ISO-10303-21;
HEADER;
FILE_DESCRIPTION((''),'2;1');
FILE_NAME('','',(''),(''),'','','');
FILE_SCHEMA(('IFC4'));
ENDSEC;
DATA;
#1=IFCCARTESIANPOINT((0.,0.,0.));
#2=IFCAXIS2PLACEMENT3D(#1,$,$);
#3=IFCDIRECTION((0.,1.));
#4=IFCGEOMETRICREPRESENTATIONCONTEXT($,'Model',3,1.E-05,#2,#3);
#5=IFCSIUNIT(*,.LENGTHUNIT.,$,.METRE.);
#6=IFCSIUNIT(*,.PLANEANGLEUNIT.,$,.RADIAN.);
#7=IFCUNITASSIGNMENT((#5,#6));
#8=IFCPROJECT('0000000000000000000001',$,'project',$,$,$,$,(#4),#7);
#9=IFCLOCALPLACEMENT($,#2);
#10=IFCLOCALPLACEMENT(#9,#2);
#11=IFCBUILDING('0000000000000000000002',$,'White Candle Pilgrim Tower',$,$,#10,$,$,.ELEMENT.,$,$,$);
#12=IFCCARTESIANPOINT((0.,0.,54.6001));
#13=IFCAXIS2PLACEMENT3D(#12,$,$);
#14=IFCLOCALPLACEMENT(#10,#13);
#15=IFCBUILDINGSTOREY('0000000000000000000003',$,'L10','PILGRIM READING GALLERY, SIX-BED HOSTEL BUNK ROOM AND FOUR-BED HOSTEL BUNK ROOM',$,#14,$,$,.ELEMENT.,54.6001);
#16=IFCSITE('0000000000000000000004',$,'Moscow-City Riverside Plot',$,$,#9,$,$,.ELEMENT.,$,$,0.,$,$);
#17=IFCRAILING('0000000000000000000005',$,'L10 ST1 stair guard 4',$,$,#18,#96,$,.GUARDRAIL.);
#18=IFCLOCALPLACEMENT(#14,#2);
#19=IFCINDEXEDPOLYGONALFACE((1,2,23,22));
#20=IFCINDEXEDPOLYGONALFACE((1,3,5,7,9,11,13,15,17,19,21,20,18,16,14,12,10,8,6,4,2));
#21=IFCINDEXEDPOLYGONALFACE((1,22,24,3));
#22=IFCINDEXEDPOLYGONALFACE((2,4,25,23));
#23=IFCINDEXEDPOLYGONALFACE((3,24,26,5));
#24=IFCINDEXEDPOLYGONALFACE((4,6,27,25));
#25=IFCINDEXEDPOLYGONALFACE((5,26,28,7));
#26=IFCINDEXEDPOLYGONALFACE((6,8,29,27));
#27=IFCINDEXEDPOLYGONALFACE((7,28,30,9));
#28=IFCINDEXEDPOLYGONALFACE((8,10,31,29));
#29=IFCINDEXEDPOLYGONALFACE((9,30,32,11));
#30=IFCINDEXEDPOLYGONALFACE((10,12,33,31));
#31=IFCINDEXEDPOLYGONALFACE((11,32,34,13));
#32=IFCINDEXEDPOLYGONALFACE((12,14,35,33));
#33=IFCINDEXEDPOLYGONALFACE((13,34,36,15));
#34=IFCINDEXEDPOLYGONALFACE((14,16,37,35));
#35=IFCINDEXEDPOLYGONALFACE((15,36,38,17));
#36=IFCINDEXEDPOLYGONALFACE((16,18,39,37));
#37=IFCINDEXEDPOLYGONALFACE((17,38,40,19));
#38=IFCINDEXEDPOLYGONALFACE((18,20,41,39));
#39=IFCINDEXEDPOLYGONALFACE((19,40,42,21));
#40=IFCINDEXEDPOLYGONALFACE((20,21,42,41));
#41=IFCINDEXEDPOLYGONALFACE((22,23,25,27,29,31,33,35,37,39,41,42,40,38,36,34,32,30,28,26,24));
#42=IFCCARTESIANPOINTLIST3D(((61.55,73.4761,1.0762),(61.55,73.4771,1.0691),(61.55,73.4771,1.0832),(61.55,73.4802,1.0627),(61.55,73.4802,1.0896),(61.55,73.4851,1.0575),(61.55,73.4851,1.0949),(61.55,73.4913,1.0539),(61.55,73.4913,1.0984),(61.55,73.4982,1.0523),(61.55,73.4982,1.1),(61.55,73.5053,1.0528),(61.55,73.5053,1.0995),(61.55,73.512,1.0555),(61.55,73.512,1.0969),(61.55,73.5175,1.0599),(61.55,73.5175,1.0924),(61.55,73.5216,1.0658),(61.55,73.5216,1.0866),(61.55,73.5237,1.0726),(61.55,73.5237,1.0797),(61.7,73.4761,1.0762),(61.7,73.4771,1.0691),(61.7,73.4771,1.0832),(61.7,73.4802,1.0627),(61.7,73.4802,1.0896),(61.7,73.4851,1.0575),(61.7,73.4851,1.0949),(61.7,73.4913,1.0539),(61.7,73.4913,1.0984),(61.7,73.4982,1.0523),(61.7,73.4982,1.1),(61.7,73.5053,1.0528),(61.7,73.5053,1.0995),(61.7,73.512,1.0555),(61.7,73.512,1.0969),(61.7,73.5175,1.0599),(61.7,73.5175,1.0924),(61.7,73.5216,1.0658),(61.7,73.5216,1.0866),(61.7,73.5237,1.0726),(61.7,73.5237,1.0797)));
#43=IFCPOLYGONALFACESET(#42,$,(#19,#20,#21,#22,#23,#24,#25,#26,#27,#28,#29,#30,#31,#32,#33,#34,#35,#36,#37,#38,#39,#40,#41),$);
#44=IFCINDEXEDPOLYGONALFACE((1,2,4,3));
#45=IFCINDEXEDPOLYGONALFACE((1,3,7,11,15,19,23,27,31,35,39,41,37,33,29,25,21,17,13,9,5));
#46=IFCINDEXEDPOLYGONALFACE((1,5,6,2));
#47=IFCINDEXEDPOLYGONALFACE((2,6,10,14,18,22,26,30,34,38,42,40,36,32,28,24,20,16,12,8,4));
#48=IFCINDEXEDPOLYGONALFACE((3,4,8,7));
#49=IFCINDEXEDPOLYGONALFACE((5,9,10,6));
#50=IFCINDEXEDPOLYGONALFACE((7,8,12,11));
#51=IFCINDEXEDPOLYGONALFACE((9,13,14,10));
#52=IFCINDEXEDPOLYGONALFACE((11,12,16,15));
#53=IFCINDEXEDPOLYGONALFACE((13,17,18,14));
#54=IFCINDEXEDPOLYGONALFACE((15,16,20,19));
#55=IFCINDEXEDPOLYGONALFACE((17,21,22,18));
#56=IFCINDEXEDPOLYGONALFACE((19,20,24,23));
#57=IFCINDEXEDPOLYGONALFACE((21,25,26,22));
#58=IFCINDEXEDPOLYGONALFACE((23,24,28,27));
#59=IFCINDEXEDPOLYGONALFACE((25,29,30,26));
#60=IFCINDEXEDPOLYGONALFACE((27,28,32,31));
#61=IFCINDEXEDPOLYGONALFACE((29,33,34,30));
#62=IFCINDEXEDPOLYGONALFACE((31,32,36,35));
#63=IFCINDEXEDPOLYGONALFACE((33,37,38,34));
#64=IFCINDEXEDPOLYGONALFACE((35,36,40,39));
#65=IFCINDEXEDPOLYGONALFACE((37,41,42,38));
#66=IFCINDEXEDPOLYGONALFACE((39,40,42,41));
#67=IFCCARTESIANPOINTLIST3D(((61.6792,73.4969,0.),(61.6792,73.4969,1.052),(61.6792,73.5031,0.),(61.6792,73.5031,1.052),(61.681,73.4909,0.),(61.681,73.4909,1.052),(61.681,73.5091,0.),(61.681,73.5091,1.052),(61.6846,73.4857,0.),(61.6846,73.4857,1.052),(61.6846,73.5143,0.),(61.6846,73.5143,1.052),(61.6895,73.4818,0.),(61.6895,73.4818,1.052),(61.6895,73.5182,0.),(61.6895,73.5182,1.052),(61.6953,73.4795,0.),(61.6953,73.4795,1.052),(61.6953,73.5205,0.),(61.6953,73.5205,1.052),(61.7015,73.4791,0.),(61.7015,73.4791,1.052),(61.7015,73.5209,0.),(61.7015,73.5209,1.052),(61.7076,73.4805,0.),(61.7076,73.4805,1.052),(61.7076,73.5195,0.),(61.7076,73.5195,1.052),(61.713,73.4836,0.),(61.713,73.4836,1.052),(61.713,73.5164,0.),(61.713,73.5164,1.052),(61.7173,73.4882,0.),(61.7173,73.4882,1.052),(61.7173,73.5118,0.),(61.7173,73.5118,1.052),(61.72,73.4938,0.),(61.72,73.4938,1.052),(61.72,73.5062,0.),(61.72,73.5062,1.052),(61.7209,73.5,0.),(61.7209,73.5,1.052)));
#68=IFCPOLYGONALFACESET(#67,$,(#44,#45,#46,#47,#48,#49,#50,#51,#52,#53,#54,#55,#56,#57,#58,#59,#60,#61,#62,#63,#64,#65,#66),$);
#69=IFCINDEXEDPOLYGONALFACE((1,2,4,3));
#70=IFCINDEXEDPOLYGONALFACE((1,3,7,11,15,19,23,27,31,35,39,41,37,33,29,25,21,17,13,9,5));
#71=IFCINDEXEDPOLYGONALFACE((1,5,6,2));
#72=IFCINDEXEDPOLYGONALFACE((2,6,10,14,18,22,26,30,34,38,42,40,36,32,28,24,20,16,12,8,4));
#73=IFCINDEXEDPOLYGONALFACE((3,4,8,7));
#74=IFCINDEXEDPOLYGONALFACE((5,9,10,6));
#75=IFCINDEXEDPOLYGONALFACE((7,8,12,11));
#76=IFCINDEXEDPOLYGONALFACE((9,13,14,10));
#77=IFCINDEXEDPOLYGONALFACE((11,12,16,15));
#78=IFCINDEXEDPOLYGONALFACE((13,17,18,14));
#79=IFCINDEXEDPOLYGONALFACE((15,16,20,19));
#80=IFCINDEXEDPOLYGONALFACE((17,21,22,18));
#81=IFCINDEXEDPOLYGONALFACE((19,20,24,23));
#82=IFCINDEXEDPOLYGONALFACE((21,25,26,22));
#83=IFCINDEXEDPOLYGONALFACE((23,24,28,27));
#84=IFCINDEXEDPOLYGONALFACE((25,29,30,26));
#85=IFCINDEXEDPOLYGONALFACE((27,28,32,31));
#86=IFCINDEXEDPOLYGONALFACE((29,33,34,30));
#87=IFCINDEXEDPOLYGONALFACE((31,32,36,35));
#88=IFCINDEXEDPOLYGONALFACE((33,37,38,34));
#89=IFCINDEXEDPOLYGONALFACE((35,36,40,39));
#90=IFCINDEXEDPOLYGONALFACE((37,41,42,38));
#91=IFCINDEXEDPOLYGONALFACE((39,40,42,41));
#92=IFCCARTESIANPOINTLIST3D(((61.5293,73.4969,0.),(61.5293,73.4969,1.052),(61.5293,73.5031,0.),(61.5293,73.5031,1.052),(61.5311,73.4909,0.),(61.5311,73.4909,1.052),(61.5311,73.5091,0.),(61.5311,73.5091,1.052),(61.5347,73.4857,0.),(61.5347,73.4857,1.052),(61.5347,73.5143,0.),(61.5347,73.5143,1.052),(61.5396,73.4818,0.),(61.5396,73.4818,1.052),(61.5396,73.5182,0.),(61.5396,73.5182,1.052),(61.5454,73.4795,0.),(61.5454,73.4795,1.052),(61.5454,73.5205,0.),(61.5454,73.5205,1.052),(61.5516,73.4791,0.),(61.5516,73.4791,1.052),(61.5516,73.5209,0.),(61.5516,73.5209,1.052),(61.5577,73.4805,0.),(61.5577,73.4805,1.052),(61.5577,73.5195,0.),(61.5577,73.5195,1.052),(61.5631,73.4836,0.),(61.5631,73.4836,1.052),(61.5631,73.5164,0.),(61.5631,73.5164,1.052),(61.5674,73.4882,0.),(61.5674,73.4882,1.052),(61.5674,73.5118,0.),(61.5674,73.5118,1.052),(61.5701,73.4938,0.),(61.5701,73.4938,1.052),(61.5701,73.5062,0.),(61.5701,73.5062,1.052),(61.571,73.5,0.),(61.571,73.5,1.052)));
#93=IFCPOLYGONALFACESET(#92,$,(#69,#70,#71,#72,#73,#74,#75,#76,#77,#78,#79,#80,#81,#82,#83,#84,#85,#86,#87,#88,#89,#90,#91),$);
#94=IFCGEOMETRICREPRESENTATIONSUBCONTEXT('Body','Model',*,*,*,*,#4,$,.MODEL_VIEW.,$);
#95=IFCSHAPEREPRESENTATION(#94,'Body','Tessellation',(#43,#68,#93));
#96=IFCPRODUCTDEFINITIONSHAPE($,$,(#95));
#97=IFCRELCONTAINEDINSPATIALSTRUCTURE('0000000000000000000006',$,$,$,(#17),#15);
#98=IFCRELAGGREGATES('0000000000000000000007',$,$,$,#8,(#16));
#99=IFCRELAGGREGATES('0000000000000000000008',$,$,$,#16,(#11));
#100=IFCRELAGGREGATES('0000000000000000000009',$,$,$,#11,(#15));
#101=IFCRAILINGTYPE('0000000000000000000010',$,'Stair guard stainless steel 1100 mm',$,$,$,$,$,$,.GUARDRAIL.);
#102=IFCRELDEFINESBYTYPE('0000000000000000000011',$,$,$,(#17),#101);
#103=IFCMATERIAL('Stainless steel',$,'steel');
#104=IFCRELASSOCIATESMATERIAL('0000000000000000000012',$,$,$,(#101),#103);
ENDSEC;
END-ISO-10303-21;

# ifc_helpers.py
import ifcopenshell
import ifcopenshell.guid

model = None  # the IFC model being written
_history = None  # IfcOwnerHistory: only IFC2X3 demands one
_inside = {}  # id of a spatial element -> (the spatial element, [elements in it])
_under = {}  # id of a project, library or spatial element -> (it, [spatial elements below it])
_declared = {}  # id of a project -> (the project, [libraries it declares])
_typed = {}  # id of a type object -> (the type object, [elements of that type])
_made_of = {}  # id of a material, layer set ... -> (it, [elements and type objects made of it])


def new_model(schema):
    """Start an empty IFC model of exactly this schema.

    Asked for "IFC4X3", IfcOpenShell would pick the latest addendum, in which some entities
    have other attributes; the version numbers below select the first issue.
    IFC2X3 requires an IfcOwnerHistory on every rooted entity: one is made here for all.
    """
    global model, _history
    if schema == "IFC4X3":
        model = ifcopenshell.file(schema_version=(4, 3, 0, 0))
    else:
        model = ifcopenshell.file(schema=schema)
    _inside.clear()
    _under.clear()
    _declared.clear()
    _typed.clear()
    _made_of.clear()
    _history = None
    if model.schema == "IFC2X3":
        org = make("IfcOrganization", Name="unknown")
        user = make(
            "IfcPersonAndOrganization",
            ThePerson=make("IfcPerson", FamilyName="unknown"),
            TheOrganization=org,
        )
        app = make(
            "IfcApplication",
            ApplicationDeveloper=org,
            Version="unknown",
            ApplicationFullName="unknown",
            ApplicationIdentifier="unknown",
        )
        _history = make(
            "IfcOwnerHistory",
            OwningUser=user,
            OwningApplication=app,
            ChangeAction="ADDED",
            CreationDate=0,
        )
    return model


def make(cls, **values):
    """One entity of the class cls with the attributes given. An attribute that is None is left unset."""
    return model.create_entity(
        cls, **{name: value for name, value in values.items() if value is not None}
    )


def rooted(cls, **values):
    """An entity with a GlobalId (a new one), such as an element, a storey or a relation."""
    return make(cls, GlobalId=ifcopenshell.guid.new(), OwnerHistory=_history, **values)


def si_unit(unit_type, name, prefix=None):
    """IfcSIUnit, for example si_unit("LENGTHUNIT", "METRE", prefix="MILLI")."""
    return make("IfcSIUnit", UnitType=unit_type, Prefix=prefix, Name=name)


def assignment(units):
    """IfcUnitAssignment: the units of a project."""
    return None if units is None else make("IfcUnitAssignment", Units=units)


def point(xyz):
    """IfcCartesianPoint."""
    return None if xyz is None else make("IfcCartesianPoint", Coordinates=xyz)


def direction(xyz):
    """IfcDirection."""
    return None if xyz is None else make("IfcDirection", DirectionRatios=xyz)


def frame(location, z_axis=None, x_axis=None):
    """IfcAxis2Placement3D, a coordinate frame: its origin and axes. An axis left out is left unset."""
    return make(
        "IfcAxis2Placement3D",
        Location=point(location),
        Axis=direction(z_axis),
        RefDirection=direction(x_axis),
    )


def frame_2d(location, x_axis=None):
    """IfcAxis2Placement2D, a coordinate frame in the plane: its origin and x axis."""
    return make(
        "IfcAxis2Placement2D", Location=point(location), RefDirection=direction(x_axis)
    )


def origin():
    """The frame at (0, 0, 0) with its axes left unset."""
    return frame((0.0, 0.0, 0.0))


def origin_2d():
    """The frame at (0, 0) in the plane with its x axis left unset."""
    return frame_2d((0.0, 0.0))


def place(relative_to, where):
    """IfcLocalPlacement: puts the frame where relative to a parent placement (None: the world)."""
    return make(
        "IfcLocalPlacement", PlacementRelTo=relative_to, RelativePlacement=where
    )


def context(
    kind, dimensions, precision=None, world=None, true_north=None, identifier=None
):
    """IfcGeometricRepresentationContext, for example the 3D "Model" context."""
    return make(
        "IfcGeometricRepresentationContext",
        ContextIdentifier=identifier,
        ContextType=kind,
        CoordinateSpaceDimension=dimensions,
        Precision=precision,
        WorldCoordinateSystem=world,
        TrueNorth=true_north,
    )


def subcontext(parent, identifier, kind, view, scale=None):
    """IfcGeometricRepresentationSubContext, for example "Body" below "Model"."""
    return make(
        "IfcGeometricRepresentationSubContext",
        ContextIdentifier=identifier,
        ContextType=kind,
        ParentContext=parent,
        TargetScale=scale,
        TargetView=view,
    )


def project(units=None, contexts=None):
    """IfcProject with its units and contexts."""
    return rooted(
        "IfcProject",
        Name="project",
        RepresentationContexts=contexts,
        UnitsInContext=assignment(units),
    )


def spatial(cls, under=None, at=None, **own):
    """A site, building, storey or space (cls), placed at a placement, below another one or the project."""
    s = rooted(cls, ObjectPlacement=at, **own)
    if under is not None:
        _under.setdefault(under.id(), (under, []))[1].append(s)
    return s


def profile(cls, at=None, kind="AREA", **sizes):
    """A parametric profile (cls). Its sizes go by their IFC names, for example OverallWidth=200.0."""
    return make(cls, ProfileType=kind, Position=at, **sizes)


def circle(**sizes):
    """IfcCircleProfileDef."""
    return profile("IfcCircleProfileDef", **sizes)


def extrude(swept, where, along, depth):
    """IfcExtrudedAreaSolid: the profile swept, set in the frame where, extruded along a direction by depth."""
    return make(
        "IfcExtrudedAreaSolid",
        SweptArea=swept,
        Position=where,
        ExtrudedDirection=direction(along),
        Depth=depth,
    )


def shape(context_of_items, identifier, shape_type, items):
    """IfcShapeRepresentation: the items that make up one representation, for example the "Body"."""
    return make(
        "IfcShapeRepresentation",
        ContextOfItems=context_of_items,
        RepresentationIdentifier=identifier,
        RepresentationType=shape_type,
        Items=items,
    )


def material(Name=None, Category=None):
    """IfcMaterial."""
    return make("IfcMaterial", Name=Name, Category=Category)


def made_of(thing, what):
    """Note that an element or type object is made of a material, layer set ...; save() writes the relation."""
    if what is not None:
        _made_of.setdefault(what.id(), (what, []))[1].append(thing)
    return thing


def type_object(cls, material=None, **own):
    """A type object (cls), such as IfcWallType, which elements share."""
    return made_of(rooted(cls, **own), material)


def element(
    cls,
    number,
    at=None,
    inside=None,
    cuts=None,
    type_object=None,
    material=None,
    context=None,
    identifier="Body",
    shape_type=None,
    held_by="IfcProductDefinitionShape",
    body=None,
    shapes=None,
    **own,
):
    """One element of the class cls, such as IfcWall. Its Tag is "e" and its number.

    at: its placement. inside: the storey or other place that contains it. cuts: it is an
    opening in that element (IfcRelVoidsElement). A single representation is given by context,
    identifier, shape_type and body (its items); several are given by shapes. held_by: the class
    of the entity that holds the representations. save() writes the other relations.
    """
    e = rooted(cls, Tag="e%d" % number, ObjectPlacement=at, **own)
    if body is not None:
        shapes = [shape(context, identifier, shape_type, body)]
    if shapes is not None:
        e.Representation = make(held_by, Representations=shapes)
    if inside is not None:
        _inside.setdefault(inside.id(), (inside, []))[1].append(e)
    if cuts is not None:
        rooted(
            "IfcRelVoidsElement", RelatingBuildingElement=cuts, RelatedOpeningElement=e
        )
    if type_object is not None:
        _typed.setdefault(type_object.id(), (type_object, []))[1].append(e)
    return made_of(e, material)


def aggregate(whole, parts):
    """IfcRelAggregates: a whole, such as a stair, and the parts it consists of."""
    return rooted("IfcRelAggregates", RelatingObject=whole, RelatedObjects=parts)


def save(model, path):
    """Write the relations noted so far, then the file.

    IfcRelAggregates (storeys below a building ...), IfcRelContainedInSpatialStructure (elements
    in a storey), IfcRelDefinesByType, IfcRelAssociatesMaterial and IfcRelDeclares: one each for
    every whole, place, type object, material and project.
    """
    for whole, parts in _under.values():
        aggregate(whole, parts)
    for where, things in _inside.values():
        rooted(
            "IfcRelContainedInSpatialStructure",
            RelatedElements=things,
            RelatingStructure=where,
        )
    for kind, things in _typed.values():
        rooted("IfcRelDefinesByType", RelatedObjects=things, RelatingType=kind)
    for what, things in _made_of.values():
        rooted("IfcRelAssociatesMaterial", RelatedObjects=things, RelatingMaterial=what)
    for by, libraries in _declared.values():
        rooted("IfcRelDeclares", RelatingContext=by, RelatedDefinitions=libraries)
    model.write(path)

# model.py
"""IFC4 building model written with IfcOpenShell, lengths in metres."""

from ifc_helpers import new_model, si_unit, direction, frame, origin, origin_2d, place, context, subcontext, project, spatial, circle, extrude, material, type_object, element, save


model = new_model("IFC4")

# Units and contexts
model_context = context("Model", 3, precision=1e-05, world=origin(), true_north=direction((0.0, 1.0)))
body_context = subcontext(model_context, "Body", "Model", "MODEL_VIEW")
ifc_project = project(units=[si_unit("LENGTHUNIT", "METRE"), si_unit("PLANEANGLEUNIT", "RADIAN")], contexts=[model_context])

# Site, building, storey
site_placement = place(None, origin())
site = spatial("IfcSite", under=ifc_project, at=site_placement, Name="Moscow-City Riverside Plot", CompositionType="ELEMENT", RefElevation=0.0)
building_placement = place(site_placement, origin())
building = spatial("IfcBuilding", under=site, at=building_placement, Name="White Candle Pilgrim Tower", CompositionType="ELEMENT")
storey_placement = place(building_placement, frame((0.0, 0.0, 54.6001)))
storey = spatial("IfcBuildingStorey", under=building, at=storey_placement, Name="L10", Description="PILGRIM READING GALLERY, SIX-BED HOSTEL BUNK ROOM AND FOUR-BED HOSTEL BUNK ROOM", CompositionType="ELEMENT", Elevation=54.6001)

# Shared definitions
ifc_material_1 = material(Name="Stainless steel", Category="steel")

# Railing
railing_type_1 = type_object("IfcRailingType", Name="Stair guard stainless steel 1100 mm", PredefinedType="GUARDRAIL", material=ifc_material_1)
railing_1_placement = place(storey_placement, frame((61.7, 73.5, 0.0)))
element("IfcRailing", 1, at=railing_1_placement, inside=storey, type_object=railing_type_1, Name="L10 ST1 stair guard 4", PredefinedType="GUARDRAIL", context=body_context, shape_type="SweptSolid", body=[
    extrude(circle(Radius=0.0239, at=origin_2d()), frame((0.0, 0.0, 1.0762), z_axis=(-1.0, 0.0, 0.0), x_axis=(0.0, -1.0, 0.0)), (0.0, 0.0, 1.0), 0.1499),
    extrude(circle(Radius=0.021, at=origin_2d()), origin(), (0.0, 0.0, 1.0), 1.052),
    extrude(circle(Radius=0.021, at=origin_2d()), frame((-0.1499, 0.0, 0.0)), (0.0, 0.0, 1.0), 1.052),
])

save(model, "model.ifc")
